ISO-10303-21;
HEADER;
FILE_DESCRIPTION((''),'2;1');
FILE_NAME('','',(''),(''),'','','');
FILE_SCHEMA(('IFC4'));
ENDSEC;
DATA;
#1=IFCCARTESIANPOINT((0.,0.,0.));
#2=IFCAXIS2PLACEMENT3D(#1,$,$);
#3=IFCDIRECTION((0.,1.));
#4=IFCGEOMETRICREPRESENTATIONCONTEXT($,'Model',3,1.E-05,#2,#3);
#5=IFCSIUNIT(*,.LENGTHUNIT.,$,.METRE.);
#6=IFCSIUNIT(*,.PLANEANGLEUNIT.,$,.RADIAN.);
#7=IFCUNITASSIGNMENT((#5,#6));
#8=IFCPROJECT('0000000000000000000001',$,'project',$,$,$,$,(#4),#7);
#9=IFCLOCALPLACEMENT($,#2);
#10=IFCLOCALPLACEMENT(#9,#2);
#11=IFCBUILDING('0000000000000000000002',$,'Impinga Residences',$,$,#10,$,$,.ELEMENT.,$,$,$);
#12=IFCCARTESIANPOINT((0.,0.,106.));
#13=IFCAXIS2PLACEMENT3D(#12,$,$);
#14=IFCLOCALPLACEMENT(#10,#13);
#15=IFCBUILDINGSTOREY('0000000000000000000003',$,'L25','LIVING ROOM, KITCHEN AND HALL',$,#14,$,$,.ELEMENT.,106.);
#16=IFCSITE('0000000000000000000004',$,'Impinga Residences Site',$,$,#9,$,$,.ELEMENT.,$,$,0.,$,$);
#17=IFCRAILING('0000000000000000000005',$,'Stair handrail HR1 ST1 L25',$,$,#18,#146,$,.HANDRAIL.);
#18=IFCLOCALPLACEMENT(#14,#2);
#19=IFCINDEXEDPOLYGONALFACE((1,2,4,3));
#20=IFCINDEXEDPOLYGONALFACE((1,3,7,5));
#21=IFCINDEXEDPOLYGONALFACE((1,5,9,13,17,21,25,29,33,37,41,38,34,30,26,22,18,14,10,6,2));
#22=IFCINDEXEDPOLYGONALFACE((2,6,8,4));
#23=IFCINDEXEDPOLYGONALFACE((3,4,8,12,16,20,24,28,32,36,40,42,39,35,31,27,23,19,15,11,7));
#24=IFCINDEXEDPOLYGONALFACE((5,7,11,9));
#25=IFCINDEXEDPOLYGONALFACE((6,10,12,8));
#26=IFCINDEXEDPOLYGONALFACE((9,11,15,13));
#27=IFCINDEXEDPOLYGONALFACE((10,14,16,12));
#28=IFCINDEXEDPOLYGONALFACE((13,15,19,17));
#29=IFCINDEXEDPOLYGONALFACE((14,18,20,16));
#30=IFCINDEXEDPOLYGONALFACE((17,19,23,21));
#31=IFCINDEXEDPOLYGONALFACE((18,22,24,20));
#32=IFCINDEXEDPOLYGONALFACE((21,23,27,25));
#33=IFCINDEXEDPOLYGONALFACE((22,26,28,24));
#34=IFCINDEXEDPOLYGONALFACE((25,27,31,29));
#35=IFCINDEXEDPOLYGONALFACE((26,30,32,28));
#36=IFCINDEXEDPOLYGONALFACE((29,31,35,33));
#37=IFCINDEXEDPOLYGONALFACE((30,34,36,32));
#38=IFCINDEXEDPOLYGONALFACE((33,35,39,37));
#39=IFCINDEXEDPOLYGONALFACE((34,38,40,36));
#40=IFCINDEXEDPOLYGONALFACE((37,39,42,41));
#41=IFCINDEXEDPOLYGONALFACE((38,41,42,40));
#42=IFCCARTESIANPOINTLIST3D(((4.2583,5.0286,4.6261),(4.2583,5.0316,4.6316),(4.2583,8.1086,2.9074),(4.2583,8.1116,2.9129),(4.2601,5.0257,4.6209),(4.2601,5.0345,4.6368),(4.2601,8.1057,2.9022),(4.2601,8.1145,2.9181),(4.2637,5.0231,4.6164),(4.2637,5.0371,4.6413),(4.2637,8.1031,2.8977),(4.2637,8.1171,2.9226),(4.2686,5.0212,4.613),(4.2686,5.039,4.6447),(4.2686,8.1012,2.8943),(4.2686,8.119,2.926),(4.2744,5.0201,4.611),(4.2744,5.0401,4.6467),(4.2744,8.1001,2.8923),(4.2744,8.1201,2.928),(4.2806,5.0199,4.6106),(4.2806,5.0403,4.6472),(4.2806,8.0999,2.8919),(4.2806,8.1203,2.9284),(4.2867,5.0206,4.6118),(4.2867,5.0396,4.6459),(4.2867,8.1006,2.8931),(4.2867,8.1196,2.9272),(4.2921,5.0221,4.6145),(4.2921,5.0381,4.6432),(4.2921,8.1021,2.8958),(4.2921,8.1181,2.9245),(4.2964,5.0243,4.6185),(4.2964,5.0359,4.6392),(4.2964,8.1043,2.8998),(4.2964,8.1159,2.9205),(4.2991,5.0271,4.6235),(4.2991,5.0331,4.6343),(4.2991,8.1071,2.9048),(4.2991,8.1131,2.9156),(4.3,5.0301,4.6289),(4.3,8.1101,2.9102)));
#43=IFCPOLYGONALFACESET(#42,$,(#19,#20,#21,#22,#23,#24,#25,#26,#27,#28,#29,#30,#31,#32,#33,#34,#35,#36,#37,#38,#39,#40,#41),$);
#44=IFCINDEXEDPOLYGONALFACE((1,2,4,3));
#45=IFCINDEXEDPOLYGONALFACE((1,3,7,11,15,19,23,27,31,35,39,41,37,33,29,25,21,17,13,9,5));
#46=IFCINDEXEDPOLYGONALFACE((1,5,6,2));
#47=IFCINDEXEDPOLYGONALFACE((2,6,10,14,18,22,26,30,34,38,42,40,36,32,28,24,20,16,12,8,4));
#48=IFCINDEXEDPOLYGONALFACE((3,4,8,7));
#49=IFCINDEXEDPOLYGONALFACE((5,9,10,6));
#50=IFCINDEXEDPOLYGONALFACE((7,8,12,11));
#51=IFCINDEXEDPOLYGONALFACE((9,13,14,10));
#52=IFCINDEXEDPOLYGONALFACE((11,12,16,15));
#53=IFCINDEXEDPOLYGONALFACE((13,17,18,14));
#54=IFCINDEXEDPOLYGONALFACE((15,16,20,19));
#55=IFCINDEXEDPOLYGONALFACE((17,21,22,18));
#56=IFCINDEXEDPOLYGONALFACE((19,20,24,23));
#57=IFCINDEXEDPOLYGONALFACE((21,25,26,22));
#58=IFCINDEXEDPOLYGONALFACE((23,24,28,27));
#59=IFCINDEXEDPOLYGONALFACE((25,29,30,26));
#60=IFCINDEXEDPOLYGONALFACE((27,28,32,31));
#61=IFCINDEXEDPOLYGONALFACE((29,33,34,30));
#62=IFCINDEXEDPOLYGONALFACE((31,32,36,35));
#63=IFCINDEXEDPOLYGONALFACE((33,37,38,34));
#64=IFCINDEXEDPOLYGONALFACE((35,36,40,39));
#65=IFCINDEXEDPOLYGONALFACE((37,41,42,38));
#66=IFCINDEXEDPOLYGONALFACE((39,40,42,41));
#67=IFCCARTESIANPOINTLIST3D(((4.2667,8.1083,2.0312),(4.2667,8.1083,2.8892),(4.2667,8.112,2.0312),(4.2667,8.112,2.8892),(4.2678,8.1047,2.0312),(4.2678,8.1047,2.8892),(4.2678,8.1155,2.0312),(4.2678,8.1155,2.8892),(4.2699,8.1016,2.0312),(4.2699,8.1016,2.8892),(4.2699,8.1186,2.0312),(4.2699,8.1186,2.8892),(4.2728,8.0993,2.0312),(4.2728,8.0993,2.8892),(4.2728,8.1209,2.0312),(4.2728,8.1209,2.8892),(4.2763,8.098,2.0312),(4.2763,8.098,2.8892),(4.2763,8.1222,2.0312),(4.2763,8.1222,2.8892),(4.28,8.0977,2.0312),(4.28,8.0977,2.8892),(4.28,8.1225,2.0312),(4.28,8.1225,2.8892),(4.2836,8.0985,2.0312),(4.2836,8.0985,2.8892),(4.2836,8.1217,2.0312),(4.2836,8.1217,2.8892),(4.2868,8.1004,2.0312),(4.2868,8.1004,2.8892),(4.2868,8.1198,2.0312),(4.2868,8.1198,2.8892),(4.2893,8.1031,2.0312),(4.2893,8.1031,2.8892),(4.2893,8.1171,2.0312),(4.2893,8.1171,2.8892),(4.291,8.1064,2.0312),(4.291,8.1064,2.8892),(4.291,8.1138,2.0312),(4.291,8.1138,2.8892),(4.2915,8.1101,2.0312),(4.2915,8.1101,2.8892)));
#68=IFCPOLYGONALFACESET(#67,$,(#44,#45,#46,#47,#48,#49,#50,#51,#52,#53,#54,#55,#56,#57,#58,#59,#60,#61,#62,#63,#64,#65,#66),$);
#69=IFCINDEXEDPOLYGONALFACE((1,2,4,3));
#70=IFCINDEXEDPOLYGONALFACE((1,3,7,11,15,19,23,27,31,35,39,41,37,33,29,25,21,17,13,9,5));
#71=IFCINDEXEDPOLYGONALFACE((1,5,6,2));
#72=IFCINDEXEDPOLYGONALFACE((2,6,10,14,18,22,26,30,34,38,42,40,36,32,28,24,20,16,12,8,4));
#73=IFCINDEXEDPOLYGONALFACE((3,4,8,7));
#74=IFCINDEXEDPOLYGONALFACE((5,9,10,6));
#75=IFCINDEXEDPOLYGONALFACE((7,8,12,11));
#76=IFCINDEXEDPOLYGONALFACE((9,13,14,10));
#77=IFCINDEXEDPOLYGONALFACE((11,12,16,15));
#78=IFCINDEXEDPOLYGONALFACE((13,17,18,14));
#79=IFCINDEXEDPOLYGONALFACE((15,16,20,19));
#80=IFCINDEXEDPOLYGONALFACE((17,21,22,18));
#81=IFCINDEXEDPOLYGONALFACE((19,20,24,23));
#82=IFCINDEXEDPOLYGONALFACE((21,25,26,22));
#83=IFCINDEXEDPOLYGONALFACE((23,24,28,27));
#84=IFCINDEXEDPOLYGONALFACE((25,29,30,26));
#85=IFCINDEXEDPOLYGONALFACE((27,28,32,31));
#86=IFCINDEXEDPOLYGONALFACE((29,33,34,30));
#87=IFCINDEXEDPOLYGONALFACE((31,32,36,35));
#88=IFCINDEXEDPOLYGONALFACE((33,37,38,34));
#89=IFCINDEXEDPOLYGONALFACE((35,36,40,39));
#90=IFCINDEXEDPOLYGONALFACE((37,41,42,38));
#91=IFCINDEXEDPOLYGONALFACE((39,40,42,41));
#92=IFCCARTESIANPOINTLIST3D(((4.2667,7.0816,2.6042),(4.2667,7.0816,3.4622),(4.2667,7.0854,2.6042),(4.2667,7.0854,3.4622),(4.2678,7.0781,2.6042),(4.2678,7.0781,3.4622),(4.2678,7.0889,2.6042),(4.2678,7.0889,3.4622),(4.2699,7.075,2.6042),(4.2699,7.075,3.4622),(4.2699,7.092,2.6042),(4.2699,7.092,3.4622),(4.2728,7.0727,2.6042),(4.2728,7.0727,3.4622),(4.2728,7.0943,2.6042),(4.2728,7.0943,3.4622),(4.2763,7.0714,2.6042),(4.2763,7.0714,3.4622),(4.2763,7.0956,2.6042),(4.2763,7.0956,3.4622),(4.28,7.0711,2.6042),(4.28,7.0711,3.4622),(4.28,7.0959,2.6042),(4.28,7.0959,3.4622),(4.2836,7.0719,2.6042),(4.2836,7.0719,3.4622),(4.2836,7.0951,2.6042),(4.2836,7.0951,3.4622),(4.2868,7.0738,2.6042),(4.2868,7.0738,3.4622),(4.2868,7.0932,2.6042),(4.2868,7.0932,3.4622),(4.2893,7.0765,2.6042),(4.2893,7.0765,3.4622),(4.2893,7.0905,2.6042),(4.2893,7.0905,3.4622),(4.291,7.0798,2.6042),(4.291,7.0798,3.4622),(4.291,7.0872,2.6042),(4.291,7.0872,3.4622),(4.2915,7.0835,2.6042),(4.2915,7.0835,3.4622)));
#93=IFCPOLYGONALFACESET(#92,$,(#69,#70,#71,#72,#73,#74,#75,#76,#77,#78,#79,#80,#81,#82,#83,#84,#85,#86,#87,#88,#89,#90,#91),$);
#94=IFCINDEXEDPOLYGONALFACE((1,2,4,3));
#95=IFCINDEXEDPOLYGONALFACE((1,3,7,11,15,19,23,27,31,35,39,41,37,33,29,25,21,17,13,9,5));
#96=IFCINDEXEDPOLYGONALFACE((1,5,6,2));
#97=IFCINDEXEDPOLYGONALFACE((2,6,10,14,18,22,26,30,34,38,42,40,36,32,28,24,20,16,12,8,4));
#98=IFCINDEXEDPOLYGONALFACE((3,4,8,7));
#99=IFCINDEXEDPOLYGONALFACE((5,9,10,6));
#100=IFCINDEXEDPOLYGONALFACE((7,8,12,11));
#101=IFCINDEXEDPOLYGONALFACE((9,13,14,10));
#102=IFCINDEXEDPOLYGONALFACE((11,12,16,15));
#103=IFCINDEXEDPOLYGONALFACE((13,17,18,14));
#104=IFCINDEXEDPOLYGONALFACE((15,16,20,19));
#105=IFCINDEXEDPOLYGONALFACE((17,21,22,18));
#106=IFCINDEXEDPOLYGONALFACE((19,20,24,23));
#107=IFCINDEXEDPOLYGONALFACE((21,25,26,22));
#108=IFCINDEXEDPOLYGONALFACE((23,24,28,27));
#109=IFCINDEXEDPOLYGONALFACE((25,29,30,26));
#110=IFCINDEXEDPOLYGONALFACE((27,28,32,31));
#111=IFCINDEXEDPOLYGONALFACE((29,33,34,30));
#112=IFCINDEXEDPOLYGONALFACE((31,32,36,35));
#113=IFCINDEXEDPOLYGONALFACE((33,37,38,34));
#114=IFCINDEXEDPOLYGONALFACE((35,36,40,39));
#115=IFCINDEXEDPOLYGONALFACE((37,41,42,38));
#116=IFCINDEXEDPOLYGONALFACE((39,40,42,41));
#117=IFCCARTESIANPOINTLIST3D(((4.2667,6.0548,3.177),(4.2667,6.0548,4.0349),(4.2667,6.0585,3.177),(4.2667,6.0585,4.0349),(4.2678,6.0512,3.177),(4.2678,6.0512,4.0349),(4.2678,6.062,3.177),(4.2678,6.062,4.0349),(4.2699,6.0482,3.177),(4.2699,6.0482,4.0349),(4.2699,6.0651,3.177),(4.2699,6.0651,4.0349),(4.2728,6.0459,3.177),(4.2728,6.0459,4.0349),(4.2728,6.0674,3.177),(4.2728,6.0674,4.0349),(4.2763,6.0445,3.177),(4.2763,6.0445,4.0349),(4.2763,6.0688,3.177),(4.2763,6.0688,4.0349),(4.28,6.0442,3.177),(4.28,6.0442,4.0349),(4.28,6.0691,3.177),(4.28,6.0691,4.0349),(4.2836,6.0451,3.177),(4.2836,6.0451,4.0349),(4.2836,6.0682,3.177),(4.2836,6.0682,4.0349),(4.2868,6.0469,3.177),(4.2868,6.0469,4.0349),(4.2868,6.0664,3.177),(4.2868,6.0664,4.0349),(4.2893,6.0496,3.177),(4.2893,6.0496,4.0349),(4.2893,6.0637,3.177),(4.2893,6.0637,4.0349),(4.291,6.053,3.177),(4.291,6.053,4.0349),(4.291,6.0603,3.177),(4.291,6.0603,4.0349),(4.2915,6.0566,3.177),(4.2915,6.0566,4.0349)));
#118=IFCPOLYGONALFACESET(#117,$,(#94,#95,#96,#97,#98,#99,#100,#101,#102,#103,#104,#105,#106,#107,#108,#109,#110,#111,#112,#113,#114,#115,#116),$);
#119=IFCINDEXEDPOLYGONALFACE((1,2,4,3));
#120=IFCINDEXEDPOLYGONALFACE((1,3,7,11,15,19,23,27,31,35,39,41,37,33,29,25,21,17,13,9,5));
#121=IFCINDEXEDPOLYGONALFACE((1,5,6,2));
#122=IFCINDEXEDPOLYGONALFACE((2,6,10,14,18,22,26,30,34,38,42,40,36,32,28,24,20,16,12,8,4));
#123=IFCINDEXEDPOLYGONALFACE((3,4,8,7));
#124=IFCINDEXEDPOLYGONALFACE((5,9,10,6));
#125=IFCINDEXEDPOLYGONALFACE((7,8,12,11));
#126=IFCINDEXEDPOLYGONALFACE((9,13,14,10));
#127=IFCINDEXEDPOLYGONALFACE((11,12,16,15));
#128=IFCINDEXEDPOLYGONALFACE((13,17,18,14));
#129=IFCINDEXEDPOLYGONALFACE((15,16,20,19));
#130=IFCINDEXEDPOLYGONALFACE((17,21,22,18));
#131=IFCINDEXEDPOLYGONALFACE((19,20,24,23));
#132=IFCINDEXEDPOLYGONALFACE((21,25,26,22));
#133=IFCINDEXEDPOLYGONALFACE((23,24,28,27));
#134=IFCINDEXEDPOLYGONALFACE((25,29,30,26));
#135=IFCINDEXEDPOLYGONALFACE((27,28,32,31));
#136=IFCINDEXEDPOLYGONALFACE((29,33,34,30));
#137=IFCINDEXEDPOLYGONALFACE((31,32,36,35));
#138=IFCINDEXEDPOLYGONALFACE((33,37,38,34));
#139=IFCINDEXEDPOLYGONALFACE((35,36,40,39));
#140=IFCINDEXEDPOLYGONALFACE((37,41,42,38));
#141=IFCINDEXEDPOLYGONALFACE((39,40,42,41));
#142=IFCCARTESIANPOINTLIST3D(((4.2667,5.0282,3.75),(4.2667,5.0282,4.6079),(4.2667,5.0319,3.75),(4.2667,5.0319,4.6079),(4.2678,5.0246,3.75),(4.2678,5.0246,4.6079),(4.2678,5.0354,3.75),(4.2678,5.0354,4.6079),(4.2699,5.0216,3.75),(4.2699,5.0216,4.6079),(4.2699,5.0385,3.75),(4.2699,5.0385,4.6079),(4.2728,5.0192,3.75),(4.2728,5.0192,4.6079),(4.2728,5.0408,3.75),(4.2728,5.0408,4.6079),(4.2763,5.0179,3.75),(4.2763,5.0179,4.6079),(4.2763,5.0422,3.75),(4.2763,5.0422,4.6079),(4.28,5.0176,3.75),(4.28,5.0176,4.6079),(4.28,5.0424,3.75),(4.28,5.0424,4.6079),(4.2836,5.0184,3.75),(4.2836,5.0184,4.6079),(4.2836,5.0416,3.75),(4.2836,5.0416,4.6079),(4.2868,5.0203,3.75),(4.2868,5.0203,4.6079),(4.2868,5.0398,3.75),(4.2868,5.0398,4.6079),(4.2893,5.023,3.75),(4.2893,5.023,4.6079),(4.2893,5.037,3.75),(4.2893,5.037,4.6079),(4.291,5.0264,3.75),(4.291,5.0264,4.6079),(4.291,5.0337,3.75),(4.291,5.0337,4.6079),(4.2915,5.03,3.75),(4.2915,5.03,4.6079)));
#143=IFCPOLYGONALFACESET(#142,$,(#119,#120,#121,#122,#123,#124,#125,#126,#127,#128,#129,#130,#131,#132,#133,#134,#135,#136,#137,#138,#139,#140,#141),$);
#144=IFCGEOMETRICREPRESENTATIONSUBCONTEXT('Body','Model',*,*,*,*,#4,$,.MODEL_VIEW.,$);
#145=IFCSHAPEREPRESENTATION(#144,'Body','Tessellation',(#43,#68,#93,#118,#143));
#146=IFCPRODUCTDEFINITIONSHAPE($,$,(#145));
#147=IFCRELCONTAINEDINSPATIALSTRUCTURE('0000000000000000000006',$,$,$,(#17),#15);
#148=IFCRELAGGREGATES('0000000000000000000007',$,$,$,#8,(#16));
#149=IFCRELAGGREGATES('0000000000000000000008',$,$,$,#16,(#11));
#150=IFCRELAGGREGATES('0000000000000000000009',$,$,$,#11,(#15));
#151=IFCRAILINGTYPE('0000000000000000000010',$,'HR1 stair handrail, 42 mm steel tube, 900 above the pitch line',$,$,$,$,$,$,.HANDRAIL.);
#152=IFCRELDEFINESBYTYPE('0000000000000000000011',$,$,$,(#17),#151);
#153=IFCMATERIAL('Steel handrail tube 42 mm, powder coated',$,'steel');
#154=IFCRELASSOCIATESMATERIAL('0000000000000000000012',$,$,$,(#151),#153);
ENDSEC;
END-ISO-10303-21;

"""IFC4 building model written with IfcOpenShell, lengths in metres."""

from ifc_helpers import new_model, si_unit, direction, frame, origin, origin_2d, place, context, subcontext, project, spatial, circle, extrude, material, type_object, element, save


model = new_model("IFC4")

# Units and contexts
model_context = context("Model", 3, precision=1e-05, world=origin(), true_north=direction((0.0, 1.0)))
body_context = subcontext(model_context, "Body", "Model", "MODEL_VIEW")
ifc_project = project(units=[si_unit("LENGTHUNIT", "METRE"), si_unit("PLANEANGLEUNIT", "RADIAN")], contexts=[model_context])

# Site, building, storey
site_placement = place(None, origin())
site = spatial("IfcSite", under=ifc_project, at=site_placement, Name="Impinga Residences Site", CompositionType="ELEMENT", RefElevation=0.0)
building_placement = place(site_placement, origin())
building = spatial("IfcBuilding", under=site, at=building_placement, Name="Impinga Residences", CompositionType="ELEMENT")
storey_placement = place(building_placement, frame((0.0, 0.0, 106.0)))
storey = spatial("IfcBuildingStorey", under=building, at=storey_placement, Name="L25", Description="LIVING ROOM, KITCHEN AND HALL", CompositionType="ELEMENT", Elevation=106.0)

# Railing
ifc_material_1 = material(Name="Steel handrail tube 42 mm, powder coated", Category="steel")
railing_type_1 = type_object("IfcRailingType", Name="HR1 stair handrail, 42 mm steel tube, 900 above the pitch line", PredefinedType="HANDRAIL", material=ifc_material_1)
railing_1_placement = place(storey_placement, frame((4.2791, 8.1101, 2.0312)))
element("IfcRailing", 1, at=railing_1_placement, inside=storey, type_object=railing_type_1, Name="Stair handrail HR1 ST1 L25", PredefinedType="HANDRAIL", context=body_context, shape_type="SweptSolid", body=[
    extrude(circle(Radius=0.021, at=origin_2d()), frame((0.0, 0.0, 0.8789), z_axis=(0.0, -0.873242, 0.487288), x_axis=(1.0, 0.0, 0.0)), (0.0, 0.0, 1.0), 3.5271),
    extrude(circle(Radius=0.0125, at=origin_2d()), origin(), (0.0, 0.0, 1.0), 0.8579),
    extrude(circle(Radius=0.0125, at=origin_2d()), frame((0.0, -1.0266, 0.573)), (0.0, 0.0, 1.0), 0.8579),
    extrude(circle(Radius=0.0125, at=origin_2d()), frame((0.0, -2.0535, 1.1458)), (0.0, 0.0, 1.0), 0.8579),
    extrude(circle(Radius=0.0125, at=origin_2d()), frame((0.0, -3.0801, 1.7188)), (0.0, 0.0, 1.0), 0.8579),
])

save(model, "model.ifc")
